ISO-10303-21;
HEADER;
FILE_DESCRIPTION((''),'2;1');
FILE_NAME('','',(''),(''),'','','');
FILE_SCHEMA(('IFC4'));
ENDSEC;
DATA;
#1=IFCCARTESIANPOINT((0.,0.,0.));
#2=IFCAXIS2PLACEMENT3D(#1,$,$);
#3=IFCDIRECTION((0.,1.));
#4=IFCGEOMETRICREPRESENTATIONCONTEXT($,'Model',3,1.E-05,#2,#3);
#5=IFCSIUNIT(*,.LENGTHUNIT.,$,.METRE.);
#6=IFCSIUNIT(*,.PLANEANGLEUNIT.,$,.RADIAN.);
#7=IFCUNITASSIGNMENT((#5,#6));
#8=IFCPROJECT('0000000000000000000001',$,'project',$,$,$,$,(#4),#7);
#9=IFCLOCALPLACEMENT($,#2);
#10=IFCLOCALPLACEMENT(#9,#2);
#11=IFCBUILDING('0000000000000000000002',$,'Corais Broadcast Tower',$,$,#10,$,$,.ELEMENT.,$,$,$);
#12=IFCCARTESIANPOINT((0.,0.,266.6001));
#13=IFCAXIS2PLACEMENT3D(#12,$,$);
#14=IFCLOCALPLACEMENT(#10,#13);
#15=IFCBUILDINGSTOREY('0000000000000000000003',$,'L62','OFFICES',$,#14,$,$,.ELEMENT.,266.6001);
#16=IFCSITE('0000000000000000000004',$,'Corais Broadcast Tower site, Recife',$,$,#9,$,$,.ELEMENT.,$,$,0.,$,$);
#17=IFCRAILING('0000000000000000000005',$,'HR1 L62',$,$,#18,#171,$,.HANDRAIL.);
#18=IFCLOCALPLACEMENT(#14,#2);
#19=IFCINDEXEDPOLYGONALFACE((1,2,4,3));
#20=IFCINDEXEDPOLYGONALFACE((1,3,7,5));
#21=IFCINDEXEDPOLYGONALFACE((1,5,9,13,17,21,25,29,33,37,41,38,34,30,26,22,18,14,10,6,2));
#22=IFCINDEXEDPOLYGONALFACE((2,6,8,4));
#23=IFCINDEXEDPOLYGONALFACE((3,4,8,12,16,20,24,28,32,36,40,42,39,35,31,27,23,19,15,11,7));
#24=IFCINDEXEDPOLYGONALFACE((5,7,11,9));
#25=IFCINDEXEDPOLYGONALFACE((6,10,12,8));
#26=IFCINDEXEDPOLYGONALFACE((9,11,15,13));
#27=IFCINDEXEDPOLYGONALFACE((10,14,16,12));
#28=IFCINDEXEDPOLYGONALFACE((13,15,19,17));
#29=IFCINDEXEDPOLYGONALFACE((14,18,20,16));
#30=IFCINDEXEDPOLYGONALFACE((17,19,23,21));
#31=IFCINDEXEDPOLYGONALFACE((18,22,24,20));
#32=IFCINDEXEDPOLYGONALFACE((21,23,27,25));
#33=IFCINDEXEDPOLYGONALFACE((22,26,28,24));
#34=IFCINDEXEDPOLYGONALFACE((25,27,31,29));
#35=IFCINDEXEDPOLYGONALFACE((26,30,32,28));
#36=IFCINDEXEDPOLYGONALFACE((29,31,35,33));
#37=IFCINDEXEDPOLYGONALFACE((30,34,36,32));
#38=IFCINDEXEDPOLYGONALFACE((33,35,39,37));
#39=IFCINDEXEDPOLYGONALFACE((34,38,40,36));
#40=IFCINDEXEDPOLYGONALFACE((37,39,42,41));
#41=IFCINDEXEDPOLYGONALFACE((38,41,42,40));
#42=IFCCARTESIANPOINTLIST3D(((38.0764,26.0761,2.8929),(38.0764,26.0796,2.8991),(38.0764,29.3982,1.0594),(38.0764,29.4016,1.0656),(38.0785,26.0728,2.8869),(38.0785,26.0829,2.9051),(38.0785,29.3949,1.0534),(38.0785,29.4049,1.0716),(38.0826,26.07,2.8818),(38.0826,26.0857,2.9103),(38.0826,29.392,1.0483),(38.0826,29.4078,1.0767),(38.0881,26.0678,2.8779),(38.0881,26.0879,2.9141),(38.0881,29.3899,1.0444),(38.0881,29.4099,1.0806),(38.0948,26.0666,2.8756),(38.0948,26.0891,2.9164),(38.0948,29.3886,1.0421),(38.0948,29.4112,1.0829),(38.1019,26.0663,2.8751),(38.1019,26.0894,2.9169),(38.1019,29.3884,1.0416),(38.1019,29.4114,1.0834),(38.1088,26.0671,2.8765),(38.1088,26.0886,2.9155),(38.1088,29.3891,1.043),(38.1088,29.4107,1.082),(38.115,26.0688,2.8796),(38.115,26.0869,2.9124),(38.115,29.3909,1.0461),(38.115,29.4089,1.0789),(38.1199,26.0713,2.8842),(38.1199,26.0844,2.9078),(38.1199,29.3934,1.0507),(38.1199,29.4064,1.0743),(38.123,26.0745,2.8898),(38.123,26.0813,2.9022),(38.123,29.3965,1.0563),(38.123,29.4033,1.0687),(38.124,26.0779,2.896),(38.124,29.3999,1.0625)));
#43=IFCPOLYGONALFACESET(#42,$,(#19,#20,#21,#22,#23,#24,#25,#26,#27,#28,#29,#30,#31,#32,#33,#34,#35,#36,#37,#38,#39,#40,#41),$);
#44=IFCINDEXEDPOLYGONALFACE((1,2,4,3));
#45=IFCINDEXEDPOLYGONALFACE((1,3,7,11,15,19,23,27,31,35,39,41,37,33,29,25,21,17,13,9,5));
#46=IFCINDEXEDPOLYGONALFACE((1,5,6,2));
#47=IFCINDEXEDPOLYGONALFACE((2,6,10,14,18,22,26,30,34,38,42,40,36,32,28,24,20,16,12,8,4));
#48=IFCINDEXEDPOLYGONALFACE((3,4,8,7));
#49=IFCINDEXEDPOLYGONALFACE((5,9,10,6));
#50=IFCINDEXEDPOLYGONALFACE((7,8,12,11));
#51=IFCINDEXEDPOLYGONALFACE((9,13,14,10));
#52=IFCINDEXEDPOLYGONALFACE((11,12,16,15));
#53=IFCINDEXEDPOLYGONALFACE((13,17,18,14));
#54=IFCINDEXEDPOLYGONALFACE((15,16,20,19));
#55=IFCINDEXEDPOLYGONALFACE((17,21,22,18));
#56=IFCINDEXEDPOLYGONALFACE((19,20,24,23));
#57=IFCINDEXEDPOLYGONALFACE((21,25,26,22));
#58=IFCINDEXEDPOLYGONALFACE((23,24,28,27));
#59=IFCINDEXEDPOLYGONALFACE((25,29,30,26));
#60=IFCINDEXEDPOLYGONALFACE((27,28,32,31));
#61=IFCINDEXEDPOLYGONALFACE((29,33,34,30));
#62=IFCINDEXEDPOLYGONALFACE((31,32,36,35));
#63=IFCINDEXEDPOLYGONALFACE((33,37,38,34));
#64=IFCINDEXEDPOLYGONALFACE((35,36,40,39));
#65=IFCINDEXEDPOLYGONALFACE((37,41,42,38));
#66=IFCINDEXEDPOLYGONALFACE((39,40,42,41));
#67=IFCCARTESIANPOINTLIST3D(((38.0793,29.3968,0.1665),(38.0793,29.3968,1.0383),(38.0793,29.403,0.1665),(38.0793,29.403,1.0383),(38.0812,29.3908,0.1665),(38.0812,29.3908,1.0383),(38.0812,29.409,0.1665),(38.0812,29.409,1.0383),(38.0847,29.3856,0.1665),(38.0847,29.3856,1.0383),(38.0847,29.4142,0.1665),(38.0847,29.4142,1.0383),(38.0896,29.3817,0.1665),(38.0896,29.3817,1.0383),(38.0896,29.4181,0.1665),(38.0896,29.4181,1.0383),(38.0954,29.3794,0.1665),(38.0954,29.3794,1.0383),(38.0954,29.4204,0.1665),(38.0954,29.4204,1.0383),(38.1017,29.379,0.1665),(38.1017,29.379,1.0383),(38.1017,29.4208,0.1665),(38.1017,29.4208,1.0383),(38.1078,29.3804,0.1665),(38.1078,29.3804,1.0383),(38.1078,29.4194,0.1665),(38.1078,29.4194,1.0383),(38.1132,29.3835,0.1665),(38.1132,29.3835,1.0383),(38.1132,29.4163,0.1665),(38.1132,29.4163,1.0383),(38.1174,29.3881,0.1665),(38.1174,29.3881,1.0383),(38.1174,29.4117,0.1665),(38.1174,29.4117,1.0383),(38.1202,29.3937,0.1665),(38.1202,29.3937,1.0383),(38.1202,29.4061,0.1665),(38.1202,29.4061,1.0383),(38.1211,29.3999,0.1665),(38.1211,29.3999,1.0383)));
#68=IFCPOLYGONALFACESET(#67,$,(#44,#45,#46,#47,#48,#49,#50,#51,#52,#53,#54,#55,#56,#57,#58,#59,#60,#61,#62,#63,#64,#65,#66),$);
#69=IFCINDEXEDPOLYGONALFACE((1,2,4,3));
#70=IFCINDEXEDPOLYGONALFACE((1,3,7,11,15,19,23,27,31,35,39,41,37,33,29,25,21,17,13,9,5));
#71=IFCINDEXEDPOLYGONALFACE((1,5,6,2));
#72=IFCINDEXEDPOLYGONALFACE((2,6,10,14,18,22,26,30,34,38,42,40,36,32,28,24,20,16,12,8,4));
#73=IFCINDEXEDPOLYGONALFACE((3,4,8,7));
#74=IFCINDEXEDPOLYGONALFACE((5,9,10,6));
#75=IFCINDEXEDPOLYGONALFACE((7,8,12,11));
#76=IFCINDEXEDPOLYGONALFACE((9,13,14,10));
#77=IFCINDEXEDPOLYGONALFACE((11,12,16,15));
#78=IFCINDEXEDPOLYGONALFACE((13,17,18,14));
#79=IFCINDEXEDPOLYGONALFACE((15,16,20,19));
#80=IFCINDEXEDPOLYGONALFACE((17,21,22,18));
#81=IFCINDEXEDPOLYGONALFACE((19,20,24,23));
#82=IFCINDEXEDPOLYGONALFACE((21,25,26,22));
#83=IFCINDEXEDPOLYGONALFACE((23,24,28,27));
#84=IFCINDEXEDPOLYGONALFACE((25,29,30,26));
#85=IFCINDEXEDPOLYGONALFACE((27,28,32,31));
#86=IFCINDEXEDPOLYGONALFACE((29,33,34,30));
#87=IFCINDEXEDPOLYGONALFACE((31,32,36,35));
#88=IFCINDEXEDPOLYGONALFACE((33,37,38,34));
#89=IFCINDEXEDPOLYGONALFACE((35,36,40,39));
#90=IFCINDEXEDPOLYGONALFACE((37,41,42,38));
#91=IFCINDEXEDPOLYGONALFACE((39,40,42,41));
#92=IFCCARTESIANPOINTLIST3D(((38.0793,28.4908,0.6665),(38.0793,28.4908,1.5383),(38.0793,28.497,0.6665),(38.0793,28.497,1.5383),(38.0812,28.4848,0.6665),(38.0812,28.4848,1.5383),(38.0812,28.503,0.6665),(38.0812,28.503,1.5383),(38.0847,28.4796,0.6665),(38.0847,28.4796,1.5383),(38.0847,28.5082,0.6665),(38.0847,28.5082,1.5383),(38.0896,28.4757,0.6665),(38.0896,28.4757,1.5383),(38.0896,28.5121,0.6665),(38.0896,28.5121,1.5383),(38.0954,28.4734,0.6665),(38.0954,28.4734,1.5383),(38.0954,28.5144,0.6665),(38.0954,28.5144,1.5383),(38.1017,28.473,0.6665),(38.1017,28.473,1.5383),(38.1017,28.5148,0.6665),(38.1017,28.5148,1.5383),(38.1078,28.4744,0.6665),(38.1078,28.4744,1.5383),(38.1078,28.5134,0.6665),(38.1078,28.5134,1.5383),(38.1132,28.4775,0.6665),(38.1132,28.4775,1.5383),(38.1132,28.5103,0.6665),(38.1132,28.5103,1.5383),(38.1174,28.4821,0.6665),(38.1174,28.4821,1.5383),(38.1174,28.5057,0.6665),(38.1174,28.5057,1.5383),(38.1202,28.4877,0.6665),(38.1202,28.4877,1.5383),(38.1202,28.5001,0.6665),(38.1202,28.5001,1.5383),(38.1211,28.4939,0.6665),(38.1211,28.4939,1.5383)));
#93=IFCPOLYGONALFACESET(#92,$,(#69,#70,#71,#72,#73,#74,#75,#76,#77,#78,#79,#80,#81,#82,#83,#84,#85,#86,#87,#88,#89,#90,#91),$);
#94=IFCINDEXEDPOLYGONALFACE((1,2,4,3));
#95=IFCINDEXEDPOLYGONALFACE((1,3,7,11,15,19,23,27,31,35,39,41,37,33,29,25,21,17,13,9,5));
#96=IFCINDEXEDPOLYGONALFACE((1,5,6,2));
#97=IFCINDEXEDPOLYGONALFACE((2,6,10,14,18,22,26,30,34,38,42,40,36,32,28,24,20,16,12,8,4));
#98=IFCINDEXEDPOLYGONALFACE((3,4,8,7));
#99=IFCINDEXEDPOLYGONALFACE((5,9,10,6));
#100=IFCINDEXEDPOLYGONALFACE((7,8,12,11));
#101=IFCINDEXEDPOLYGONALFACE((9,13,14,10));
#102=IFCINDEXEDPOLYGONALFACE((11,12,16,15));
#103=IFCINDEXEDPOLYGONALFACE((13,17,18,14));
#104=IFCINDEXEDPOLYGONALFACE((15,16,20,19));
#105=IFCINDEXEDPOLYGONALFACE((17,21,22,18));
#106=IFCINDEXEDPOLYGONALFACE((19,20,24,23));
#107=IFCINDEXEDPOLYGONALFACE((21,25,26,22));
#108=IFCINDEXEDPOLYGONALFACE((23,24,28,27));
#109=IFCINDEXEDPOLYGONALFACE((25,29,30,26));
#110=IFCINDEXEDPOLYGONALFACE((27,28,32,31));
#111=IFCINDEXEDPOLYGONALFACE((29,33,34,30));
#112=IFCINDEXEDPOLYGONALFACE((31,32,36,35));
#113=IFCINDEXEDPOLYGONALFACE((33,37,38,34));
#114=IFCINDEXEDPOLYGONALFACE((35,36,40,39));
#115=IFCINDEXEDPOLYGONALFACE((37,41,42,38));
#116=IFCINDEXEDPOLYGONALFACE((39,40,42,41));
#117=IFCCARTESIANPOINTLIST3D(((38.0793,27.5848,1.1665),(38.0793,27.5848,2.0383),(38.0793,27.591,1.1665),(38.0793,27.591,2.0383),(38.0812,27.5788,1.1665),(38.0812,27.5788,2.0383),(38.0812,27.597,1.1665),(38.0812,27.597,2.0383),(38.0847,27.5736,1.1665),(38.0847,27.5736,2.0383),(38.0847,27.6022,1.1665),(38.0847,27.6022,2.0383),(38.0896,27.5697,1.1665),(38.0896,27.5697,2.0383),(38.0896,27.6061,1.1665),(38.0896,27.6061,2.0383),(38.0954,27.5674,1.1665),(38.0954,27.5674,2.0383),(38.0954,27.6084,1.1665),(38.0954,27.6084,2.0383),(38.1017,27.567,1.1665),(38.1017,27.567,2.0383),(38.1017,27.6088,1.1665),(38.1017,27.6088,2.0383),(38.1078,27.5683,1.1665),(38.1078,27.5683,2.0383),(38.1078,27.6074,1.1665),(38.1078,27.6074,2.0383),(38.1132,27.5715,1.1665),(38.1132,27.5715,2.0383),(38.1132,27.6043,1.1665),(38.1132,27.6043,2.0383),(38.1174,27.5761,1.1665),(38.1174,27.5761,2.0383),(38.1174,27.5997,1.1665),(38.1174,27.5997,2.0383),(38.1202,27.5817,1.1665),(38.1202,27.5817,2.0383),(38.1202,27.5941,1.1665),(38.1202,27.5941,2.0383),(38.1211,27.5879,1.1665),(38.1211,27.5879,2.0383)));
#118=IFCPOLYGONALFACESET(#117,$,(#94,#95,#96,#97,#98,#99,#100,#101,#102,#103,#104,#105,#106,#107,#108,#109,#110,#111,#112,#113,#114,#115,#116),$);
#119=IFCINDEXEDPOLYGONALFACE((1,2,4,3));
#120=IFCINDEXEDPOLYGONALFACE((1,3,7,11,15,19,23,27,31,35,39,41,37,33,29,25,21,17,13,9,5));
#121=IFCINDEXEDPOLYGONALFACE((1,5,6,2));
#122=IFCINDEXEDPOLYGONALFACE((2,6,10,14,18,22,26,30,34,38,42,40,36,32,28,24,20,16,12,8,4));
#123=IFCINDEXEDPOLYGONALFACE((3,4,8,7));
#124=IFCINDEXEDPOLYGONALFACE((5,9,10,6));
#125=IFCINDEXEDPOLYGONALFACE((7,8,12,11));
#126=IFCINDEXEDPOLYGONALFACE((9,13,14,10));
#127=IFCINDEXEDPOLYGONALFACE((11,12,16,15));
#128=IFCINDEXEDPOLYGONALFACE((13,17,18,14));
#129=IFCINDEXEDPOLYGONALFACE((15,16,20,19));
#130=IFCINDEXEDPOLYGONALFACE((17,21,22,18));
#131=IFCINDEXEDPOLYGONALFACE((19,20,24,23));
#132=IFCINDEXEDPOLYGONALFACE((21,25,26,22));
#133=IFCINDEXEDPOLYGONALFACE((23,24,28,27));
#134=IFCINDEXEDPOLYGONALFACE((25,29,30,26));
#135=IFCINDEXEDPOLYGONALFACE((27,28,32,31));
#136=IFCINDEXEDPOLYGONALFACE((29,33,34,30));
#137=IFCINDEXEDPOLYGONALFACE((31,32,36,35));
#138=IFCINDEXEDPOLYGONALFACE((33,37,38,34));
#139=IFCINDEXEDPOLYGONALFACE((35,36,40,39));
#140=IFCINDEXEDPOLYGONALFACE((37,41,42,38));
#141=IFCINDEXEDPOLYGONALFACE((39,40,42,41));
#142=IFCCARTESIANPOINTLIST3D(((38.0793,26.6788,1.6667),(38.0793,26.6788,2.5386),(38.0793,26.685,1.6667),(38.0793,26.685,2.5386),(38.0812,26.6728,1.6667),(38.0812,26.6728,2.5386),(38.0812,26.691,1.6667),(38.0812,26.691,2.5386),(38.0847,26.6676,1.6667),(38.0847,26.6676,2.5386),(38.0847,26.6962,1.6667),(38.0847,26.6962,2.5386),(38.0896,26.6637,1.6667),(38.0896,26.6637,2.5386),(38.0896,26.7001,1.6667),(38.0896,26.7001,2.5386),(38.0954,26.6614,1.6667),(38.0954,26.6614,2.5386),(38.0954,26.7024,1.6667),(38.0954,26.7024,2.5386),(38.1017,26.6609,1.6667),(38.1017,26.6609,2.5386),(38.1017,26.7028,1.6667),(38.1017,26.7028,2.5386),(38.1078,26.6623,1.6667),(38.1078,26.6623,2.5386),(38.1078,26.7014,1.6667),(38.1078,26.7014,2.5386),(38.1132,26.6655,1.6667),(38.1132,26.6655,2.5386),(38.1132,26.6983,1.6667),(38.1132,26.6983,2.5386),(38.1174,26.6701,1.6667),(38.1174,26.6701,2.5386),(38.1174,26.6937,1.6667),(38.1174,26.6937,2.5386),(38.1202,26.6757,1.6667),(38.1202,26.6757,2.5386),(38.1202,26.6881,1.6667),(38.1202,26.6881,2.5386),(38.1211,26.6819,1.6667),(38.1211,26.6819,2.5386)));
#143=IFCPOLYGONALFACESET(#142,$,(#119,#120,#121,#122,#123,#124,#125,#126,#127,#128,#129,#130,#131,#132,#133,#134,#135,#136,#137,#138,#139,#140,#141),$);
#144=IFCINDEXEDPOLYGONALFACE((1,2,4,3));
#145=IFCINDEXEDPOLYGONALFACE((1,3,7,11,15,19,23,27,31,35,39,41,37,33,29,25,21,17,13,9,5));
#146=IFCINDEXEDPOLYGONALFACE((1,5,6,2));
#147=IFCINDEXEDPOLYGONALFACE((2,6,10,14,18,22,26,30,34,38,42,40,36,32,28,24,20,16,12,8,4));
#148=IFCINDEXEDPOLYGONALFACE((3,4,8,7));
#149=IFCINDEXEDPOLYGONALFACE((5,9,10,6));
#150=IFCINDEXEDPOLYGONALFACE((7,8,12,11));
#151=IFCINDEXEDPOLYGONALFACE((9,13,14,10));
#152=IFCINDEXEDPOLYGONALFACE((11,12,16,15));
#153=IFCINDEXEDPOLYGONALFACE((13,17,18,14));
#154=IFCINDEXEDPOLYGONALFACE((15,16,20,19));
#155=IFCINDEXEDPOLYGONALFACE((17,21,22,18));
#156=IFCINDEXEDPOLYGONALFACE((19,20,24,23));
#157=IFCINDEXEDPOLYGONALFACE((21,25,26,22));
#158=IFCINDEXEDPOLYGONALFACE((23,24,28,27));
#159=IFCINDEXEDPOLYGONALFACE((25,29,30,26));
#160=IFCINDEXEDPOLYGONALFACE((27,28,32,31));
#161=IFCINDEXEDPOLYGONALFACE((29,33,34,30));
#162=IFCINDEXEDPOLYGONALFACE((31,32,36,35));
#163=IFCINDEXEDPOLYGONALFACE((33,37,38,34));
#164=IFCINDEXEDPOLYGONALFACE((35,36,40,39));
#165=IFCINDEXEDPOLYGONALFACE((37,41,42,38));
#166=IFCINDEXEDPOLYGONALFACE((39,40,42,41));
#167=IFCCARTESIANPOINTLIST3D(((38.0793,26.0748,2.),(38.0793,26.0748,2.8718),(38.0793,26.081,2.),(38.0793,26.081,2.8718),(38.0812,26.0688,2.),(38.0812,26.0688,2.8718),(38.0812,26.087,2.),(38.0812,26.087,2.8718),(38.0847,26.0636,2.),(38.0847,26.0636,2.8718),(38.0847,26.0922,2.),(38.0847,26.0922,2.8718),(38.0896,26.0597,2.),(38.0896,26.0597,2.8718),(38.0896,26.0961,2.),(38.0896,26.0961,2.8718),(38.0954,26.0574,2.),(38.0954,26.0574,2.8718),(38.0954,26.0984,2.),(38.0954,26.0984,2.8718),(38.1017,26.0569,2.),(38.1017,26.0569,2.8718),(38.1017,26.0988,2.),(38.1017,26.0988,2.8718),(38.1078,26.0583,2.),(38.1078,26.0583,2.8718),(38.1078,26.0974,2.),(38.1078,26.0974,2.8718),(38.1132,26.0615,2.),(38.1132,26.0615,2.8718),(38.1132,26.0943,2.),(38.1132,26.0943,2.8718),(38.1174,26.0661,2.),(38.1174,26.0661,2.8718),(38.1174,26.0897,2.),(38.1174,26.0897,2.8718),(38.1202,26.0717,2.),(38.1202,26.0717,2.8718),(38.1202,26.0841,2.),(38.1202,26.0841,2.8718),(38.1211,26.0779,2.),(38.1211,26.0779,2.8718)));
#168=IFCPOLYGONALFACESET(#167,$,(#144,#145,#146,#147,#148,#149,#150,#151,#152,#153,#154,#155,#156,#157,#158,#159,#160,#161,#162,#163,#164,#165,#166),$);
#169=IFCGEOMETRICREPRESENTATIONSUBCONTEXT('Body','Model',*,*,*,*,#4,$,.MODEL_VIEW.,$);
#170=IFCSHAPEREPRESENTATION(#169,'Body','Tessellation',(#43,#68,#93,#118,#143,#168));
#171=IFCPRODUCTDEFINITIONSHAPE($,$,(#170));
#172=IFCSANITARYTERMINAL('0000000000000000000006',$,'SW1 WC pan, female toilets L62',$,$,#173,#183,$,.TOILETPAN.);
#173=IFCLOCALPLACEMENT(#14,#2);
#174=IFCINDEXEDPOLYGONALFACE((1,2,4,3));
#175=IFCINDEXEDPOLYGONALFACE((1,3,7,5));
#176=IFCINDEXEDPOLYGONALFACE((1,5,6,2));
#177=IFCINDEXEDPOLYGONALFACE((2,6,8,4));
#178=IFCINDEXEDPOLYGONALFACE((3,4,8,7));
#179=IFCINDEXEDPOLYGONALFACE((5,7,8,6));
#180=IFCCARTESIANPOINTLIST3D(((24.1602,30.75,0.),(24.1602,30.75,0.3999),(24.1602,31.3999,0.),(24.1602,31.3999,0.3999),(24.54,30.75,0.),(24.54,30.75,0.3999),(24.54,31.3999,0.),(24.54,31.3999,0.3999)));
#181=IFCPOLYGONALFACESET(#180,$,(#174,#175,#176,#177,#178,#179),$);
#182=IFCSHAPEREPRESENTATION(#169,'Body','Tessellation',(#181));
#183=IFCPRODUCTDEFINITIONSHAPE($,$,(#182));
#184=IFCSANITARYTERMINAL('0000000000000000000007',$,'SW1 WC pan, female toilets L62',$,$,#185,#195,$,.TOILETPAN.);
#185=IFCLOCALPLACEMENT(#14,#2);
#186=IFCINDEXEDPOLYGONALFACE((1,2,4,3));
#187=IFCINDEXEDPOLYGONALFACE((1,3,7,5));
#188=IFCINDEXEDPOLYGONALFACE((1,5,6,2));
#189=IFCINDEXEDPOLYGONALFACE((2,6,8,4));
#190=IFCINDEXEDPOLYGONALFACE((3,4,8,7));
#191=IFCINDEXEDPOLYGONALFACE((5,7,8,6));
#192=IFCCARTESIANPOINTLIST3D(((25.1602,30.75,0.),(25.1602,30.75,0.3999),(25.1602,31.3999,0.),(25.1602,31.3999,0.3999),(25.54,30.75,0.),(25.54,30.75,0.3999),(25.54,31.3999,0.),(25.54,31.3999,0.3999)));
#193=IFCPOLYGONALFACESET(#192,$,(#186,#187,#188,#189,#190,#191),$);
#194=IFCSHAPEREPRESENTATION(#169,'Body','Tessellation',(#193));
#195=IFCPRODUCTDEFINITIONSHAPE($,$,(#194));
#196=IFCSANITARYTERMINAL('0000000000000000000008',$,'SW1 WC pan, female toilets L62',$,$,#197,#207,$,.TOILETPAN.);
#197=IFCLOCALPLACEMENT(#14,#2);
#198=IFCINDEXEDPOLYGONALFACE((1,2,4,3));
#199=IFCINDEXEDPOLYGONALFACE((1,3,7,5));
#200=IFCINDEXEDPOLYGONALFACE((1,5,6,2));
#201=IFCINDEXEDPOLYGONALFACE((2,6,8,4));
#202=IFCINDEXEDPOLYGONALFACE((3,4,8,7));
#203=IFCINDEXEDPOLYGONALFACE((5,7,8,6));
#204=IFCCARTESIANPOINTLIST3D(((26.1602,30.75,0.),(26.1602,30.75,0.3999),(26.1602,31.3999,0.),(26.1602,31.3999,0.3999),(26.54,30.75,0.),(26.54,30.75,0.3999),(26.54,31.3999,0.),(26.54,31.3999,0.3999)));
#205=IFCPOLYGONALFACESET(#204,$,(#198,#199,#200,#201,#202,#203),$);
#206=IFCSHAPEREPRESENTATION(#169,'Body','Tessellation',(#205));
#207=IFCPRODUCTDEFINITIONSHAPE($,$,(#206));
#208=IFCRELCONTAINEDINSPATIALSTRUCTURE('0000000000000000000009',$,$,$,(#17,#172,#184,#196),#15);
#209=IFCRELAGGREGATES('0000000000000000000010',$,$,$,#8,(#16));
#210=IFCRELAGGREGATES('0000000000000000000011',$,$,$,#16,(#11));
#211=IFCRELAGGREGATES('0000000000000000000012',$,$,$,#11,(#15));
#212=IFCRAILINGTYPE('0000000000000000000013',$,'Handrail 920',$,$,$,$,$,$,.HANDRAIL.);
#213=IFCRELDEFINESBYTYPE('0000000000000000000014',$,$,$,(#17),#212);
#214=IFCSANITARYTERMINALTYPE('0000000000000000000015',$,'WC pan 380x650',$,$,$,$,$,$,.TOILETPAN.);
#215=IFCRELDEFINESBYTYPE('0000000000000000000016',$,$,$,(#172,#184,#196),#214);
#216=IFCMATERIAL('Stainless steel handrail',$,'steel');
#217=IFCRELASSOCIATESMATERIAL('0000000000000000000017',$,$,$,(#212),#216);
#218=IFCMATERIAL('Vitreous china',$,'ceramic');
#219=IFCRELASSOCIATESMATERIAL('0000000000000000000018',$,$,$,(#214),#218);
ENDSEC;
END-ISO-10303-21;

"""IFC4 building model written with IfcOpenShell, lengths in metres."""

from ifc_helpers import new_model, si_unit, direction, frame, origin, origin_2d, place, context, subcontext, project, spatial, rectangle, circle, extrude, material, type_object, element, save


model = new_model("IFC4")

# Units and contexts
model_context = context("Model", 3, precision=1e-05, world=origin(), true_north=direction((0.0, 1.0)))
body_context = subcontext(model_context, "Body", "Model", "MODEL_VIEW")
ifc_project = project(units=[si_unit("LENGTHUNIT", "METRE"), si_unit("PLANEANGLEUNIT", "RADIAN")], contexts=[model_context])

# Site, building, storey
site_placement = place(None, origin())
site = spatial("IfcSite", under=ifc_project, at=site_placement, Name="Corais Broadcast Tower site, Recife", CompositionType="ELEMENT", RefElevation=0.0)
building_placement = place(site_placement, origin())
building = spatial("IfcBuilding", under=site, at=building_placement, Name="Corais Broadcast Tower", CompositionType="ELEMENT")
storey_placement = place(building_placement, frame((0.0, 0.0, 266.6001)))
storey = spatial("IfcBuildingStorey", under=building, at=storey_placement, Name="L62", Description="OFFICES", CompositionType="ELEMENT", Elevation=266.6001)

# Railing
ifc_material_1 = material(Name="Stainless steel handrail", Category="steel")
railing_type = type_object("IfcRailingType", Name="Handrail 920", PredefinedType="HANDRAIL", material=ifc_material_1)
for number, where, name in (
    (1, (38.1001, 29.3999, 0.1665), "HR1 L62"),
):
    element("IfcRailing", number, at=place(storey_placement, frame(where)), inside=storey, type_object=railing_type, Name=name, PredefinedType="HANDRAIL", context=body_context, shape_type="SweptSolid", body=[
        extrude(circle(Radius=0.0239, at=origin_2d()), frame((0.0, 0.0, 0.896), z_axis=(0.0, -0.875504, 0.48321), x_axis=(1.0, 0.0, 0.0)), (0.0, 0.0, 1.0), 3.7944),
        extrude(circle(Radius=0.021, at=origin_2d()), origin(), (0.0, 0.0, 1.0), 0.8718),
        extrude(circle(Radius=0.021, at=origin_2d()), frame((0.0, -0.906, 0.5)), (0.0, 0.0, 1.0), 0.8718),
        extrude(circle(Radius=0.021, at=origin_2d()), frame((0.0, -1.812, 1.0)), (0.0, 0.0, 1.0), 0.8718),
        extrude(circle(Radius=0.021, at=origin_2d()), frame((0.0, -2.718, 1.5002)), (0.0, 0.0, 1.0), 0.8718),
        extrude(circle(Radius=0.021, at=origin_2d()), frame((0.0, -3.322, 1.8335)), (0.0, 0.0, 1.0), 0.8718),
    ])

# Sanitary terminals
ifc_material_2 = material(Name="Vitreous china", Category="ceramic")
sanitary_terminal_type = type_object("IfcSanitaryTerminalType", Name="WC pan 380x650", PredefinedType="TOILETPAN", material=ifc_material_2)
for number, where, z_axis, x_axis, name in (
    (2, (24.3501, 31.075, 0.0), (0.0, 0.0, 1.0), (1.0, 0.0, 0.0), "SW1 WC pan, female toilets L62"),
    (3, (25.3501, 31.075, 0.0), (0.0, 0.0, 1.0), (1.0, 0.0, 0.0), "SW1 WC pan, female toilets L62"),
    (4, (26.3501, 31.075, 0.0), (0.0, 0.0, 1.0), (1.0, 0.0, 0.0), "SW1 WC pan, female toilets L62"),
):
    element("IfcSanitaryTerminal", number, at=place(storey_placement, frame(where, z_axis=z_axis, x_axis=x_axis)), inside=storey, type_object=sanitary_terminal_type, Name=name, PredefinedType="TOILETPAN", context=body_context, shape_type="SweptSolid", body=[
        extrude(rectangle(XDim=0.3799, YDim=0.6499, at=origin_2d()), origin(), (0.0, 0.0, 1.0), 0.3999),
    ])

save(model, "model.ifc")
